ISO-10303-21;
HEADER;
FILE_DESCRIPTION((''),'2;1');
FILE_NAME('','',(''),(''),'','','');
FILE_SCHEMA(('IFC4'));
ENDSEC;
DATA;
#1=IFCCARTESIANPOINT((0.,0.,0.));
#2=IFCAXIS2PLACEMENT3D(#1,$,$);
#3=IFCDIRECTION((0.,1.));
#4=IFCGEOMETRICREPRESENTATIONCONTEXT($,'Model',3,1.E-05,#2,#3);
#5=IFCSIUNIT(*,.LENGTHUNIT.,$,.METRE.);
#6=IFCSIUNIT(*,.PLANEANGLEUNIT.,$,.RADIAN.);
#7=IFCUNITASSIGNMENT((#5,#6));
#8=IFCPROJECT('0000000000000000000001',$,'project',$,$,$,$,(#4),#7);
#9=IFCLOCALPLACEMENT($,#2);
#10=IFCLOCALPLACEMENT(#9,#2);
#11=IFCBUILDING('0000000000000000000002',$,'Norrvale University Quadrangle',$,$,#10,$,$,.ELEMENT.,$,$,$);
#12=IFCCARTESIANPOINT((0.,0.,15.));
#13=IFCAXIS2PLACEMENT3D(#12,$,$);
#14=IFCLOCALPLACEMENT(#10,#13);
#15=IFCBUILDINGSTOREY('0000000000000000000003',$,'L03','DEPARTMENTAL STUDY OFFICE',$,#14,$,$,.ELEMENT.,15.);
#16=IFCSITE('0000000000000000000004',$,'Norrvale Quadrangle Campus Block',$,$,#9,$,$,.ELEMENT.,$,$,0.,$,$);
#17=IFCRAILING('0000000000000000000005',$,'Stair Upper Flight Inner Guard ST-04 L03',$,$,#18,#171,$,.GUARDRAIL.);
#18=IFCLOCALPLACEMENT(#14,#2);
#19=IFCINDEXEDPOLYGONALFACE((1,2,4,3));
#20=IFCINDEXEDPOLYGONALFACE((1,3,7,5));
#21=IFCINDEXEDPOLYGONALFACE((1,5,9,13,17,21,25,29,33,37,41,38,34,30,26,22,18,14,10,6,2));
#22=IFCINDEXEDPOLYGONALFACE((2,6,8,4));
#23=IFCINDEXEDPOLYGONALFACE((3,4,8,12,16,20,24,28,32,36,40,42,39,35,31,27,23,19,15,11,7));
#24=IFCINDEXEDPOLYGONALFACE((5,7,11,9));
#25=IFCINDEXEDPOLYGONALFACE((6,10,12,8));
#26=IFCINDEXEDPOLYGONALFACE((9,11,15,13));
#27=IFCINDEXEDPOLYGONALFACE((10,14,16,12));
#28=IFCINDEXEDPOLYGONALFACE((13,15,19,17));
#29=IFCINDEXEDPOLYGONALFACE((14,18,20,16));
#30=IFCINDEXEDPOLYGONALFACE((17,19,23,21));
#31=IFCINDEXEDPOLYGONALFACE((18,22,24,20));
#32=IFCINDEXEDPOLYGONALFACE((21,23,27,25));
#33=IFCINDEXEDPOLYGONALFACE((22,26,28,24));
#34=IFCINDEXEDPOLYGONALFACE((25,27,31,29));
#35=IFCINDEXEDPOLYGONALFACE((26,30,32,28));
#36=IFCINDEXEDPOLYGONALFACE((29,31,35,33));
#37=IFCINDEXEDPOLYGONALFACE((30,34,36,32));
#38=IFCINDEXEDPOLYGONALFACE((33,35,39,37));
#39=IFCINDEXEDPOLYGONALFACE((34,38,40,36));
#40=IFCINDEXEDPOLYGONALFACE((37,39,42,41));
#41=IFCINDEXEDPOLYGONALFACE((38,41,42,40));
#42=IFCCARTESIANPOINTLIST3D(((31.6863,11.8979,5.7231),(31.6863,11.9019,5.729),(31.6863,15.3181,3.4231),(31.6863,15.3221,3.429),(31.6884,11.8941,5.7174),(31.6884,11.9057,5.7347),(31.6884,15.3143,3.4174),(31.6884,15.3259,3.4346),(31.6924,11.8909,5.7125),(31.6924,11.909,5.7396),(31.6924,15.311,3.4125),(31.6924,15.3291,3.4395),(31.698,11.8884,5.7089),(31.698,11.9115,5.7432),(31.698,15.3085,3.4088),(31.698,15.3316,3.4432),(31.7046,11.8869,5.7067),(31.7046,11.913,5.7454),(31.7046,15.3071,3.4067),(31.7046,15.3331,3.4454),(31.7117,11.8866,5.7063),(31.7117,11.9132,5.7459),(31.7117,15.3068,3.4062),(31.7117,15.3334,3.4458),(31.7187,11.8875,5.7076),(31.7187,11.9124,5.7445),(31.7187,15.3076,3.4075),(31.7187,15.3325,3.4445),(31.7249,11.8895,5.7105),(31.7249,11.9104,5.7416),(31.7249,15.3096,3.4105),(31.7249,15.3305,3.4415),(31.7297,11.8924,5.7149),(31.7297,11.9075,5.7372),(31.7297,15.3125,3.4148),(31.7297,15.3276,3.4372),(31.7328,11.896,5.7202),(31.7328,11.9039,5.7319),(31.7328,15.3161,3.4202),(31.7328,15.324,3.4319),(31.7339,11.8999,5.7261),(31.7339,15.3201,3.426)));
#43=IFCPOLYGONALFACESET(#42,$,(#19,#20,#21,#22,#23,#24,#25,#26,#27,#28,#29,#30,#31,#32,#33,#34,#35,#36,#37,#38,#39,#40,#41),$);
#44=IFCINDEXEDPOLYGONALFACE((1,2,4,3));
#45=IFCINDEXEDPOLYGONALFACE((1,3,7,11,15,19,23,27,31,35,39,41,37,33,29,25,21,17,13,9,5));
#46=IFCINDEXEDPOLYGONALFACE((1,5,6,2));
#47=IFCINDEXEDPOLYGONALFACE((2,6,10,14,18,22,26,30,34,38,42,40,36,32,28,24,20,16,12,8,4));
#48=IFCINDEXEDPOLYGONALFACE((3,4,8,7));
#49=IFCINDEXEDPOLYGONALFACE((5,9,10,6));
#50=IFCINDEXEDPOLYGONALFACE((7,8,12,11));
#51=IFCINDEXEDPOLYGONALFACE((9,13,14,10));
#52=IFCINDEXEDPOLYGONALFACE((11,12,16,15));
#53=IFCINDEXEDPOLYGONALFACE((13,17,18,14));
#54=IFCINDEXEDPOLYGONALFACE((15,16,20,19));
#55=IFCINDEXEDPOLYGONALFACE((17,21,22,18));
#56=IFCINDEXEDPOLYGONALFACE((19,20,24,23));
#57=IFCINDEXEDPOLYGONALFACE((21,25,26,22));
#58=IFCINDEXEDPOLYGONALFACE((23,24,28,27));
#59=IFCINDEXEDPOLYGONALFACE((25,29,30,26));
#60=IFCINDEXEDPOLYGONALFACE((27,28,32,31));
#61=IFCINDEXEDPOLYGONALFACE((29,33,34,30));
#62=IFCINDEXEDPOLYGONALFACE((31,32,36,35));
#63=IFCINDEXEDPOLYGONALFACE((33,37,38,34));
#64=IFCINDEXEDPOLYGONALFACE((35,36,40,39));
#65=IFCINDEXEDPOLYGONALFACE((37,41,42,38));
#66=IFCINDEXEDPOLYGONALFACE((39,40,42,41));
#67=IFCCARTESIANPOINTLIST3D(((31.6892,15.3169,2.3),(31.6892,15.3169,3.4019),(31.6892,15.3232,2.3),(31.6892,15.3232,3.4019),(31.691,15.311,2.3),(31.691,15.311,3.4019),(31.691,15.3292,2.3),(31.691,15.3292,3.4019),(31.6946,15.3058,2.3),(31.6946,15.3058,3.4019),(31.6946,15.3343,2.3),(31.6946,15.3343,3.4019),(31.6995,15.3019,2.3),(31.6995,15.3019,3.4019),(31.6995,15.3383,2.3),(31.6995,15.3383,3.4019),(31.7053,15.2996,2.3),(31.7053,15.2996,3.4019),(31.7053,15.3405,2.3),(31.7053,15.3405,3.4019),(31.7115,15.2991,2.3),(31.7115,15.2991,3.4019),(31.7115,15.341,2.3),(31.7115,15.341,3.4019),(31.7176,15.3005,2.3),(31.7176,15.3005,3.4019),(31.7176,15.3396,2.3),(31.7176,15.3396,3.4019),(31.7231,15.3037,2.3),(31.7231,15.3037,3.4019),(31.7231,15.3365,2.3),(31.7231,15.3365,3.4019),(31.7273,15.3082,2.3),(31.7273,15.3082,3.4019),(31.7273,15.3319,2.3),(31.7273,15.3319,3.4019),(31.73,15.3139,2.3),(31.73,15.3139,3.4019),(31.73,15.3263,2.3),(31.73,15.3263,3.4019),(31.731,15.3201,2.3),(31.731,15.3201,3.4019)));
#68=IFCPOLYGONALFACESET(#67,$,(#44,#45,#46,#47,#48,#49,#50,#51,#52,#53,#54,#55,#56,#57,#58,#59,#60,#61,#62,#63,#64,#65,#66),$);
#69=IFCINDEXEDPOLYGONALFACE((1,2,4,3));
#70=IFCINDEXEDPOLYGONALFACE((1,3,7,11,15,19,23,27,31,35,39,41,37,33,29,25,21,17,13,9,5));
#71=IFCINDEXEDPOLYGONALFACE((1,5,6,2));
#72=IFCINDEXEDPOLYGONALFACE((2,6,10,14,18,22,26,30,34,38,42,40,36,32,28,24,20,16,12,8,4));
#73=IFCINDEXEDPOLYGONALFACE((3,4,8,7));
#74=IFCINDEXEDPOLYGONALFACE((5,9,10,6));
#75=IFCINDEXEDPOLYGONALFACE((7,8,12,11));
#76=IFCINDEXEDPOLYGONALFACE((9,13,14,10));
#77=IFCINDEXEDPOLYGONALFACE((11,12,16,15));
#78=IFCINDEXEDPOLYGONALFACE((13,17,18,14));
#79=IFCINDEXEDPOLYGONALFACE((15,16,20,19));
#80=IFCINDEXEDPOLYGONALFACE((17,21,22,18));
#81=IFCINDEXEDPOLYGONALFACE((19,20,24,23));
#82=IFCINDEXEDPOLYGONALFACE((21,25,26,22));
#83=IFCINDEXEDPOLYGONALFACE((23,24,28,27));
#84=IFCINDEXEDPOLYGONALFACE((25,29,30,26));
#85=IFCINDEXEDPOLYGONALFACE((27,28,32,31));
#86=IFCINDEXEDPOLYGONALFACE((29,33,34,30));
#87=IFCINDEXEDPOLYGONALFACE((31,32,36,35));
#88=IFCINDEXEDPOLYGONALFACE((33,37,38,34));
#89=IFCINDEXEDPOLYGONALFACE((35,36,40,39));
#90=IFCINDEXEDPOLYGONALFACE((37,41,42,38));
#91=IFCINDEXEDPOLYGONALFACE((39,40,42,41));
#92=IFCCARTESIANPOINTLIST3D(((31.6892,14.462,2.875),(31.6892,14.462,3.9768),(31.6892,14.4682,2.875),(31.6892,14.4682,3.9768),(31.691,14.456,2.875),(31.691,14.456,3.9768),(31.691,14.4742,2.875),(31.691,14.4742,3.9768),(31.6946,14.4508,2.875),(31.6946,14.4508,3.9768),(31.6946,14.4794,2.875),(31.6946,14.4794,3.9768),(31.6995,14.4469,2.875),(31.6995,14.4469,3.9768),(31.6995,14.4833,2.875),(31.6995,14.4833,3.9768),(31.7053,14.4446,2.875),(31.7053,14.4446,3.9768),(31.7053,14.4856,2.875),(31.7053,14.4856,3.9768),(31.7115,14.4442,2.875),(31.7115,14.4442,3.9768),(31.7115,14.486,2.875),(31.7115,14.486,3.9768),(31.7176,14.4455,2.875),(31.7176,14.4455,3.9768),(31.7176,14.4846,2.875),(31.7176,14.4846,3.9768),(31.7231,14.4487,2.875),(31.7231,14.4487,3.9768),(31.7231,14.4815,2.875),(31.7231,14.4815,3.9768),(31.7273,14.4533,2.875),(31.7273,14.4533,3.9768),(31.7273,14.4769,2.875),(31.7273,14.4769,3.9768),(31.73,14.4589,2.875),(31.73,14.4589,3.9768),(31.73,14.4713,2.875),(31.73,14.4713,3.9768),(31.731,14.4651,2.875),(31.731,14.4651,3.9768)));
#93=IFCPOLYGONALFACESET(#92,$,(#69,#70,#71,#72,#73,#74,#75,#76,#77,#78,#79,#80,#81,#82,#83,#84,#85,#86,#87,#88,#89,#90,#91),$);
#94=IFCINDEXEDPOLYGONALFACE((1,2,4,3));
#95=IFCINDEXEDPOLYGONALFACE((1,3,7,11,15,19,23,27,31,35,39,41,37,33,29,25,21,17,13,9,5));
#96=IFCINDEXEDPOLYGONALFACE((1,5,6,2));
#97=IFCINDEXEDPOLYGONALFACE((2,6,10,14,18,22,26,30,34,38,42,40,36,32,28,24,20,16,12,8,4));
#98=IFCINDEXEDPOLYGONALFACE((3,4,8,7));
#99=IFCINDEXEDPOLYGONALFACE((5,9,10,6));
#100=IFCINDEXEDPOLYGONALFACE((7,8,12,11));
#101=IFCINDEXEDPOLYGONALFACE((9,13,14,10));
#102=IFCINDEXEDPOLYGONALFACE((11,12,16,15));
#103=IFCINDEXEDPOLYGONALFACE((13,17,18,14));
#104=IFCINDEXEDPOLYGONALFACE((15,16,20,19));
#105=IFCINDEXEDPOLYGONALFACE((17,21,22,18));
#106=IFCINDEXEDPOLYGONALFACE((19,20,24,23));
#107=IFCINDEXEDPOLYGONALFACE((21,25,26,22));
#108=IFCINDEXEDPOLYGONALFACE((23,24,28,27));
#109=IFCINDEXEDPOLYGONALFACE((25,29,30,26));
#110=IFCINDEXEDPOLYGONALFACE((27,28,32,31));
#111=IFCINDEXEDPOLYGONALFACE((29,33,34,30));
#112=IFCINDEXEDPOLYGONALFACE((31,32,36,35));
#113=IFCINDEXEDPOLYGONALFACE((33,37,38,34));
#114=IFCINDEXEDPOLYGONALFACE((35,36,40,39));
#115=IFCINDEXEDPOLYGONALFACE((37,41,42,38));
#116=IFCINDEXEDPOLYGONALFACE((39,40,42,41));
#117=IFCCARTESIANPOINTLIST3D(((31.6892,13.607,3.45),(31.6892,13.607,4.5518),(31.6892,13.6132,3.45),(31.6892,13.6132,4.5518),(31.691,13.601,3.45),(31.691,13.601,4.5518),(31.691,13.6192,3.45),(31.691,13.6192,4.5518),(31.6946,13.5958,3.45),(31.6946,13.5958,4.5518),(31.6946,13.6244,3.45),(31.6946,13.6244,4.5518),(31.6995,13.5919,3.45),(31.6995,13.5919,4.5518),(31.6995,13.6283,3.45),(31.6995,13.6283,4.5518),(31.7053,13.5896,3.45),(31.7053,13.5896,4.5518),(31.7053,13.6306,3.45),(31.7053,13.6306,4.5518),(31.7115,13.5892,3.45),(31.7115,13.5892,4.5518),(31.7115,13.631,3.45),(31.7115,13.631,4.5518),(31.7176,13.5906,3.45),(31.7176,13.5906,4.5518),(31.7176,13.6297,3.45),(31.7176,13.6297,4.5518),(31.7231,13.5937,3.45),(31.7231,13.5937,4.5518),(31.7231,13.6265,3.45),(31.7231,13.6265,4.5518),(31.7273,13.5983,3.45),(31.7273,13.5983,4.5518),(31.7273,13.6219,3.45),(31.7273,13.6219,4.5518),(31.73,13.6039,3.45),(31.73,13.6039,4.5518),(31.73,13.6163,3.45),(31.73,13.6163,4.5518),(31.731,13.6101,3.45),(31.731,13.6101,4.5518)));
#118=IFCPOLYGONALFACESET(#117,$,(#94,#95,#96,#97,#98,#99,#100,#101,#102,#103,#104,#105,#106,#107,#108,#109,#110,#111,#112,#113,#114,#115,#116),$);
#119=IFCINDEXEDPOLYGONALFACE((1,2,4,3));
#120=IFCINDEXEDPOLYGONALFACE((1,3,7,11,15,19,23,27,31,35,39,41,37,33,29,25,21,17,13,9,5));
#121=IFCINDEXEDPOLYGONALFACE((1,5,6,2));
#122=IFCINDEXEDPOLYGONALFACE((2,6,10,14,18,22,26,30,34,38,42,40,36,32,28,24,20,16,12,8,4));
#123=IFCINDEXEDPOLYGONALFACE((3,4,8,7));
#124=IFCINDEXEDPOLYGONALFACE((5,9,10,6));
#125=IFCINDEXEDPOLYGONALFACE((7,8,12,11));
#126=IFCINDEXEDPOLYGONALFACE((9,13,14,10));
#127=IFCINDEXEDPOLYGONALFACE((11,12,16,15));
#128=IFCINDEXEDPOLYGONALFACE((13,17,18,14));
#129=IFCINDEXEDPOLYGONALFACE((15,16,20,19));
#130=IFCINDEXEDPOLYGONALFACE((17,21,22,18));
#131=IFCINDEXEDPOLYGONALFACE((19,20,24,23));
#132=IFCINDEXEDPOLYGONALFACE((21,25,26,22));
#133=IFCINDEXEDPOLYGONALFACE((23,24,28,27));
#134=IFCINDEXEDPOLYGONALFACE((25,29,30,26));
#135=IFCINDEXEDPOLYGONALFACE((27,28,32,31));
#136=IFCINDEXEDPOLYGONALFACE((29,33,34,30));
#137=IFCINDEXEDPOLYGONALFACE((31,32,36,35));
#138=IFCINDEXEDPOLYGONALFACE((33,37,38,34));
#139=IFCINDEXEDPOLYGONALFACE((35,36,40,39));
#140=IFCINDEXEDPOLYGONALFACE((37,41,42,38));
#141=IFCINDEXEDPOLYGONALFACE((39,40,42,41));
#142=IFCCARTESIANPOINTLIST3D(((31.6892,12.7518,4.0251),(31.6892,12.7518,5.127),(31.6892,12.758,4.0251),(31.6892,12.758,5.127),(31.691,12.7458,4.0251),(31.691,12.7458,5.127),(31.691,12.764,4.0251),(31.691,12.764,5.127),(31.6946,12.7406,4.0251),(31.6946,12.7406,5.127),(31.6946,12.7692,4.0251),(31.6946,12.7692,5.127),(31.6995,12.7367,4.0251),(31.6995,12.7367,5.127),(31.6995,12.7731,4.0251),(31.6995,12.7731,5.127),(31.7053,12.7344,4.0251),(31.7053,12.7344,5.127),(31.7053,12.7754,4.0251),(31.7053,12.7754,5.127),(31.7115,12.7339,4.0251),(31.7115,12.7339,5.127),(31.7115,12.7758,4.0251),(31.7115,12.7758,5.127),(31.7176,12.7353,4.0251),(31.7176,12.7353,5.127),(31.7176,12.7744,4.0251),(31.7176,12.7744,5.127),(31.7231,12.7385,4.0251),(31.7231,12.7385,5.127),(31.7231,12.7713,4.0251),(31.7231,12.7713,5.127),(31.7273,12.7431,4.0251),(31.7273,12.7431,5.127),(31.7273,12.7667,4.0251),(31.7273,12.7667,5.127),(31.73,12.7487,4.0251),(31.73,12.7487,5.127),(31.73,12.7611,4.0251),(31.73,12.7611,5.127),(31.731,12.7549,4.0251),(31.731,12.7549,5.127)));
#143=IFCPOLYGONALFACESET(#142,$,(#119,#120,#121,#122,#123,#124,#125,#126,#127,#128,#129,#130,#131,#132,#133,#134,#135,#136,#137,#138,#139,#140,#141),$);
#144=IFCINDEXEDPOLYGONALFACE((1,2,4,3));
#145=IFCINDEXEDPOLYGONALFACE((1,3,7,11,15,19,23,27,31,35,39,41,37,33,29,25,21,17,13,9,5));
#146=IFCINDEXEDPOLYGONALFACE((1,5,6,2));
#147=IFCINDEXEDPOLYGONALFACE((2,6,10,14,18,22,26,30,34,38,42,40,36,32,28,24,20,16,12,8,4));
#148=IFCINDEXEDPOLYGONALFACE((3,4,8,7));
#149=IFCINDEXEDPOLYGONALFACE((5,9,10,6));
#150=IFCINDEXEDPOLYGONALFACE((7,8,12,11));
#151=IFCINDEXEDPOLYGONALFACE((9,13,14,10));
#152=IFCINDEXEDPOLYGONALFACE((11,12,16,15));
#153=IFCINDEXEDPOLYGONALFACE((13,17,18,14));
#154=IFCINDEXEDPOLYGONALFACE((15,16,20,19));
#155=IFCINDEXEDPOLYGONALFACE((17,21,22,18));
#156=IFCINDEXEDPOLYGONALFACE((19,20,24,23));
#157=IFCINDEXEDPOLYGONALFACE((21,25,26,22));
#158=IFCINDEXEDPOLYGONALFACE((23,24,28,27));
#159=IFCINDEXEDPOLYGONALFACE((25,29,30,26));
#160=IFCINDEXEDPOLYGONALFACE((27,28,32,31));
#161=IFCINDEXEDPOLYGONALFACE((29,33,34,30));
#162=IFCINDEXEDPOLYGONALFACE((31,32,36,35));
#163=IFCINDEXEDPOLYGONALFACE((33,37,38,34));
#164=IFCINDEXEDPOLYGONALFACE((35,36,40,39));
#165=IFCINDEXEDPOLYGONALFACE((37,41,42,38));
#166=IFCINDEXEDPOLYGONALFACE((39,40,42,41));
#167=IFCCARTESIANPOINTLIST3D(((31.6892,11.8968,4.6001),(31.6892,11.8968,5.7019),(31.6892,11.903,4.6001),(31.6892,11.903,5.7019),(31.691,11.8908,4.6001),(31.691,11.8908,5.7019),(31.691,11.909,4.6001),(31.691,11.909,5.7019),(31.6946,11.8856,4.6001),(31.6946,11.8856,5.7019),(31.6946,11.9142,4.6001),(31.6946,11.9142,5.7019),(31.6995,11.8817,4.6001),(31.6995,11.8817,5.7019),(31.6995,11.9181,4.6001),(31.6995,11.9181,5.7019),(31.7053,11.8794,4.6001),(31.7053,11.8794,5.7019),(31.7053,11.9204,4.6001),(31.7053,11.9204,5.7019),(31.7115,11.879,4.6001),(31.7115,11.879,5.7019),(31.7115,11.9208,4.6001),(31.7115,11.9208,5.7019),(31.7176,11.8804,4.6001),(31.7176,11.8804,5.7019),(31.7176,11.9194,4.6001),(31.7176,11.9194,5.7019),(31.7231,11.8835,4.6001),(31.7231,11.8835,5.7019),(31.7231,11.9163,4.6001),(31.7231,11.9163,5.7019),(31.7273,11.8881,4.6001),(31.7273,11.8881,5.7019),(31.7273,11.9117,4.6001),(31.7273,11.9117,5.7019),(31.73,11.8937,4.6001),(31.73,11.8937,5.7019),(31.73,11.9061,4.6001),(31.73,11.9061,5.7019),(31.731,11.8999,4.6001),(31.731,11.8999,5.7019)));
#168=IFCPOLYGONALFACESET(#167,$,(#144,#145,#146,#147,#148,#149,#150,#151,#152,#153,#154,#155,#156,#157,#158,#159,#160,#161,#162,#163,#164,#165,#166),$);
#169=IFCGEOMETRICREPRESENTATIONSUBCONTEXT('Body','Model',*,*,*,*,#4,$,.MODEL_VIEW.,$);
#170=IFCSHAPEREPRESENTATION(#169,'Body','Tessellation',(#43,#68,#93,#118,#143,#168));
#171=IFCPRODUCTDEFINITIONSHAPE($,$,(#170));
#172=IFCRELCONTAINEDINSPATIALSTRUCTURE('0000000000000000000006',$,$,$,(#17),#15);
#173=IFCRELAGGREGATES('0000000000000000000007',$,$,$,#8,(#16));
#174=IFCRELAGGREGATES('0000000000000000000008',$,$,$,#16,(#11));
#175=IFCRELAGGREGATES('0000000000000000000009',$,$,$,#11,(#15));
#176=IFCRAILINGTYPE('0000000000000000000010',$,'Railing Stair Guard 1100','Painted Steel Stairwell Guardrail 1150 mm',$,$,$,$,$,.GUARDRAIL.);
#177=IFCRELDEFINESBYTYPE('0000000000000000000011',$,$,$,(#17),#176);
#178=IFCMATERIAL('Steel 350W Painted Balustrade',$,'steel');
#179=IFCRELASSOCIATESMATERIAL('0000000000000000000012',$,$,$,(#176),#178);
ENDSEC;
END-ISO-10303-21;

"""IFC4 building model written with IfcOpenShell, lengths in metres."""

from ifc_helpers import new_model, si_unit, direction, frame, origin, origin_2d, place, context, subcontext, project, spatial, circle, extrude, material, type_object, element, save


model = new_model("IFC4")

# Units and contexts
model_context = context("Model", 3, precision=1e-05, world=origin(), true_north=direction((0.0, 1.0)))
body_context = subcontext(model_context, "Body", "Model", "MODEL_VIEW")
ifc_project = project(units=[si_unit("LENGTHUNIT", "METRE"), si_unit("PLANEANGLEUNIT", "RADIAN")], contexts=[model_context])

# Site, building, storey
site_placement = place(None, origin())
site = spatial("IfcSite", under=ifc_project, at=site_placement, Name="Norrvale Quadrangle Campus Block", CompositionType="ELEMENT", RefElevation=0.0)
building_placement = place(site_placement, origin())
building = spatial("IfcBuilding", under=site, at=building_placement, Name="Norrvale University Quadrangle", CompositionType="ELEMENT")
storey_placement = place(building_placement, frame((0.0, 0.0, 15.0)))
storey = spatial("IfcBuildingStorey", under=building, at=storey_placement, Name="L03", Description="DEPARTMENTAL STUDY OFFICE", CompositionType="ELEMENT", Elevation=15.0)

# Railing
ifc_material_1 = material(Name="Steel 350W Painted Balustrade", Category="steel")
railing_type_1 = type_object("IfcRailingType", Name="Railing Stair Guard 1100", Description="Painted Steel Stairwell Guardrail 1150 mm", PredefinedType="GUARDRAIL", material=ifc_material_1)
railing_1_placement = place(storey_placement, frame((31.71, 15.3201, 2.3)))
element("IfcRailing", 1, at=railing_1_placement, inside=storey, type_object=railing_type_1, Name="Stair Upper Flight Inner Guard ST-04 L03", PredefinedType="GUARDRAIL", context=body_context, shape_type="SweptSolid", body=[
    extrude(circle(Radius=0.0239, at=origin_2d()), frame((0.0, 0.0, 1.126), z_axis=(0.0, -0.829811, 0.558045), x_axis=(1.0, 0.0, 0.0)), (0.0, 0.0, 1.0), 4.1216),
    extrude(circle(Radius=0.021, at=origin_2d()), origin(), (0.0, 0.0, 1.0), 1.1018),
    extrude(circle(Radius=0.021, at=origin_2d()), frame((0.0, -0.855, 0.575)), (0.0, 0.0, 1.0), 1.1018),
    extrude(circle(Radius=0.021, at=origin_2d()), frame((0.0, -1.71, 1.1499)), (0.0, 0.0, 1.0), 1.1018),
    extrude(circle(Radius=0.021, at=origin_2d()), frame((0.0, -2.5652, 1.7251)), (0.0, 0.0, 1.0), 1.1018),
    extrude(circle(Radius=0.021, at=origin_2d()), frame((0.0, -3.4202, 2.3)), (0.0, 0.0, 1.0), 1.1018),
])

save(model, "model.ifc")
